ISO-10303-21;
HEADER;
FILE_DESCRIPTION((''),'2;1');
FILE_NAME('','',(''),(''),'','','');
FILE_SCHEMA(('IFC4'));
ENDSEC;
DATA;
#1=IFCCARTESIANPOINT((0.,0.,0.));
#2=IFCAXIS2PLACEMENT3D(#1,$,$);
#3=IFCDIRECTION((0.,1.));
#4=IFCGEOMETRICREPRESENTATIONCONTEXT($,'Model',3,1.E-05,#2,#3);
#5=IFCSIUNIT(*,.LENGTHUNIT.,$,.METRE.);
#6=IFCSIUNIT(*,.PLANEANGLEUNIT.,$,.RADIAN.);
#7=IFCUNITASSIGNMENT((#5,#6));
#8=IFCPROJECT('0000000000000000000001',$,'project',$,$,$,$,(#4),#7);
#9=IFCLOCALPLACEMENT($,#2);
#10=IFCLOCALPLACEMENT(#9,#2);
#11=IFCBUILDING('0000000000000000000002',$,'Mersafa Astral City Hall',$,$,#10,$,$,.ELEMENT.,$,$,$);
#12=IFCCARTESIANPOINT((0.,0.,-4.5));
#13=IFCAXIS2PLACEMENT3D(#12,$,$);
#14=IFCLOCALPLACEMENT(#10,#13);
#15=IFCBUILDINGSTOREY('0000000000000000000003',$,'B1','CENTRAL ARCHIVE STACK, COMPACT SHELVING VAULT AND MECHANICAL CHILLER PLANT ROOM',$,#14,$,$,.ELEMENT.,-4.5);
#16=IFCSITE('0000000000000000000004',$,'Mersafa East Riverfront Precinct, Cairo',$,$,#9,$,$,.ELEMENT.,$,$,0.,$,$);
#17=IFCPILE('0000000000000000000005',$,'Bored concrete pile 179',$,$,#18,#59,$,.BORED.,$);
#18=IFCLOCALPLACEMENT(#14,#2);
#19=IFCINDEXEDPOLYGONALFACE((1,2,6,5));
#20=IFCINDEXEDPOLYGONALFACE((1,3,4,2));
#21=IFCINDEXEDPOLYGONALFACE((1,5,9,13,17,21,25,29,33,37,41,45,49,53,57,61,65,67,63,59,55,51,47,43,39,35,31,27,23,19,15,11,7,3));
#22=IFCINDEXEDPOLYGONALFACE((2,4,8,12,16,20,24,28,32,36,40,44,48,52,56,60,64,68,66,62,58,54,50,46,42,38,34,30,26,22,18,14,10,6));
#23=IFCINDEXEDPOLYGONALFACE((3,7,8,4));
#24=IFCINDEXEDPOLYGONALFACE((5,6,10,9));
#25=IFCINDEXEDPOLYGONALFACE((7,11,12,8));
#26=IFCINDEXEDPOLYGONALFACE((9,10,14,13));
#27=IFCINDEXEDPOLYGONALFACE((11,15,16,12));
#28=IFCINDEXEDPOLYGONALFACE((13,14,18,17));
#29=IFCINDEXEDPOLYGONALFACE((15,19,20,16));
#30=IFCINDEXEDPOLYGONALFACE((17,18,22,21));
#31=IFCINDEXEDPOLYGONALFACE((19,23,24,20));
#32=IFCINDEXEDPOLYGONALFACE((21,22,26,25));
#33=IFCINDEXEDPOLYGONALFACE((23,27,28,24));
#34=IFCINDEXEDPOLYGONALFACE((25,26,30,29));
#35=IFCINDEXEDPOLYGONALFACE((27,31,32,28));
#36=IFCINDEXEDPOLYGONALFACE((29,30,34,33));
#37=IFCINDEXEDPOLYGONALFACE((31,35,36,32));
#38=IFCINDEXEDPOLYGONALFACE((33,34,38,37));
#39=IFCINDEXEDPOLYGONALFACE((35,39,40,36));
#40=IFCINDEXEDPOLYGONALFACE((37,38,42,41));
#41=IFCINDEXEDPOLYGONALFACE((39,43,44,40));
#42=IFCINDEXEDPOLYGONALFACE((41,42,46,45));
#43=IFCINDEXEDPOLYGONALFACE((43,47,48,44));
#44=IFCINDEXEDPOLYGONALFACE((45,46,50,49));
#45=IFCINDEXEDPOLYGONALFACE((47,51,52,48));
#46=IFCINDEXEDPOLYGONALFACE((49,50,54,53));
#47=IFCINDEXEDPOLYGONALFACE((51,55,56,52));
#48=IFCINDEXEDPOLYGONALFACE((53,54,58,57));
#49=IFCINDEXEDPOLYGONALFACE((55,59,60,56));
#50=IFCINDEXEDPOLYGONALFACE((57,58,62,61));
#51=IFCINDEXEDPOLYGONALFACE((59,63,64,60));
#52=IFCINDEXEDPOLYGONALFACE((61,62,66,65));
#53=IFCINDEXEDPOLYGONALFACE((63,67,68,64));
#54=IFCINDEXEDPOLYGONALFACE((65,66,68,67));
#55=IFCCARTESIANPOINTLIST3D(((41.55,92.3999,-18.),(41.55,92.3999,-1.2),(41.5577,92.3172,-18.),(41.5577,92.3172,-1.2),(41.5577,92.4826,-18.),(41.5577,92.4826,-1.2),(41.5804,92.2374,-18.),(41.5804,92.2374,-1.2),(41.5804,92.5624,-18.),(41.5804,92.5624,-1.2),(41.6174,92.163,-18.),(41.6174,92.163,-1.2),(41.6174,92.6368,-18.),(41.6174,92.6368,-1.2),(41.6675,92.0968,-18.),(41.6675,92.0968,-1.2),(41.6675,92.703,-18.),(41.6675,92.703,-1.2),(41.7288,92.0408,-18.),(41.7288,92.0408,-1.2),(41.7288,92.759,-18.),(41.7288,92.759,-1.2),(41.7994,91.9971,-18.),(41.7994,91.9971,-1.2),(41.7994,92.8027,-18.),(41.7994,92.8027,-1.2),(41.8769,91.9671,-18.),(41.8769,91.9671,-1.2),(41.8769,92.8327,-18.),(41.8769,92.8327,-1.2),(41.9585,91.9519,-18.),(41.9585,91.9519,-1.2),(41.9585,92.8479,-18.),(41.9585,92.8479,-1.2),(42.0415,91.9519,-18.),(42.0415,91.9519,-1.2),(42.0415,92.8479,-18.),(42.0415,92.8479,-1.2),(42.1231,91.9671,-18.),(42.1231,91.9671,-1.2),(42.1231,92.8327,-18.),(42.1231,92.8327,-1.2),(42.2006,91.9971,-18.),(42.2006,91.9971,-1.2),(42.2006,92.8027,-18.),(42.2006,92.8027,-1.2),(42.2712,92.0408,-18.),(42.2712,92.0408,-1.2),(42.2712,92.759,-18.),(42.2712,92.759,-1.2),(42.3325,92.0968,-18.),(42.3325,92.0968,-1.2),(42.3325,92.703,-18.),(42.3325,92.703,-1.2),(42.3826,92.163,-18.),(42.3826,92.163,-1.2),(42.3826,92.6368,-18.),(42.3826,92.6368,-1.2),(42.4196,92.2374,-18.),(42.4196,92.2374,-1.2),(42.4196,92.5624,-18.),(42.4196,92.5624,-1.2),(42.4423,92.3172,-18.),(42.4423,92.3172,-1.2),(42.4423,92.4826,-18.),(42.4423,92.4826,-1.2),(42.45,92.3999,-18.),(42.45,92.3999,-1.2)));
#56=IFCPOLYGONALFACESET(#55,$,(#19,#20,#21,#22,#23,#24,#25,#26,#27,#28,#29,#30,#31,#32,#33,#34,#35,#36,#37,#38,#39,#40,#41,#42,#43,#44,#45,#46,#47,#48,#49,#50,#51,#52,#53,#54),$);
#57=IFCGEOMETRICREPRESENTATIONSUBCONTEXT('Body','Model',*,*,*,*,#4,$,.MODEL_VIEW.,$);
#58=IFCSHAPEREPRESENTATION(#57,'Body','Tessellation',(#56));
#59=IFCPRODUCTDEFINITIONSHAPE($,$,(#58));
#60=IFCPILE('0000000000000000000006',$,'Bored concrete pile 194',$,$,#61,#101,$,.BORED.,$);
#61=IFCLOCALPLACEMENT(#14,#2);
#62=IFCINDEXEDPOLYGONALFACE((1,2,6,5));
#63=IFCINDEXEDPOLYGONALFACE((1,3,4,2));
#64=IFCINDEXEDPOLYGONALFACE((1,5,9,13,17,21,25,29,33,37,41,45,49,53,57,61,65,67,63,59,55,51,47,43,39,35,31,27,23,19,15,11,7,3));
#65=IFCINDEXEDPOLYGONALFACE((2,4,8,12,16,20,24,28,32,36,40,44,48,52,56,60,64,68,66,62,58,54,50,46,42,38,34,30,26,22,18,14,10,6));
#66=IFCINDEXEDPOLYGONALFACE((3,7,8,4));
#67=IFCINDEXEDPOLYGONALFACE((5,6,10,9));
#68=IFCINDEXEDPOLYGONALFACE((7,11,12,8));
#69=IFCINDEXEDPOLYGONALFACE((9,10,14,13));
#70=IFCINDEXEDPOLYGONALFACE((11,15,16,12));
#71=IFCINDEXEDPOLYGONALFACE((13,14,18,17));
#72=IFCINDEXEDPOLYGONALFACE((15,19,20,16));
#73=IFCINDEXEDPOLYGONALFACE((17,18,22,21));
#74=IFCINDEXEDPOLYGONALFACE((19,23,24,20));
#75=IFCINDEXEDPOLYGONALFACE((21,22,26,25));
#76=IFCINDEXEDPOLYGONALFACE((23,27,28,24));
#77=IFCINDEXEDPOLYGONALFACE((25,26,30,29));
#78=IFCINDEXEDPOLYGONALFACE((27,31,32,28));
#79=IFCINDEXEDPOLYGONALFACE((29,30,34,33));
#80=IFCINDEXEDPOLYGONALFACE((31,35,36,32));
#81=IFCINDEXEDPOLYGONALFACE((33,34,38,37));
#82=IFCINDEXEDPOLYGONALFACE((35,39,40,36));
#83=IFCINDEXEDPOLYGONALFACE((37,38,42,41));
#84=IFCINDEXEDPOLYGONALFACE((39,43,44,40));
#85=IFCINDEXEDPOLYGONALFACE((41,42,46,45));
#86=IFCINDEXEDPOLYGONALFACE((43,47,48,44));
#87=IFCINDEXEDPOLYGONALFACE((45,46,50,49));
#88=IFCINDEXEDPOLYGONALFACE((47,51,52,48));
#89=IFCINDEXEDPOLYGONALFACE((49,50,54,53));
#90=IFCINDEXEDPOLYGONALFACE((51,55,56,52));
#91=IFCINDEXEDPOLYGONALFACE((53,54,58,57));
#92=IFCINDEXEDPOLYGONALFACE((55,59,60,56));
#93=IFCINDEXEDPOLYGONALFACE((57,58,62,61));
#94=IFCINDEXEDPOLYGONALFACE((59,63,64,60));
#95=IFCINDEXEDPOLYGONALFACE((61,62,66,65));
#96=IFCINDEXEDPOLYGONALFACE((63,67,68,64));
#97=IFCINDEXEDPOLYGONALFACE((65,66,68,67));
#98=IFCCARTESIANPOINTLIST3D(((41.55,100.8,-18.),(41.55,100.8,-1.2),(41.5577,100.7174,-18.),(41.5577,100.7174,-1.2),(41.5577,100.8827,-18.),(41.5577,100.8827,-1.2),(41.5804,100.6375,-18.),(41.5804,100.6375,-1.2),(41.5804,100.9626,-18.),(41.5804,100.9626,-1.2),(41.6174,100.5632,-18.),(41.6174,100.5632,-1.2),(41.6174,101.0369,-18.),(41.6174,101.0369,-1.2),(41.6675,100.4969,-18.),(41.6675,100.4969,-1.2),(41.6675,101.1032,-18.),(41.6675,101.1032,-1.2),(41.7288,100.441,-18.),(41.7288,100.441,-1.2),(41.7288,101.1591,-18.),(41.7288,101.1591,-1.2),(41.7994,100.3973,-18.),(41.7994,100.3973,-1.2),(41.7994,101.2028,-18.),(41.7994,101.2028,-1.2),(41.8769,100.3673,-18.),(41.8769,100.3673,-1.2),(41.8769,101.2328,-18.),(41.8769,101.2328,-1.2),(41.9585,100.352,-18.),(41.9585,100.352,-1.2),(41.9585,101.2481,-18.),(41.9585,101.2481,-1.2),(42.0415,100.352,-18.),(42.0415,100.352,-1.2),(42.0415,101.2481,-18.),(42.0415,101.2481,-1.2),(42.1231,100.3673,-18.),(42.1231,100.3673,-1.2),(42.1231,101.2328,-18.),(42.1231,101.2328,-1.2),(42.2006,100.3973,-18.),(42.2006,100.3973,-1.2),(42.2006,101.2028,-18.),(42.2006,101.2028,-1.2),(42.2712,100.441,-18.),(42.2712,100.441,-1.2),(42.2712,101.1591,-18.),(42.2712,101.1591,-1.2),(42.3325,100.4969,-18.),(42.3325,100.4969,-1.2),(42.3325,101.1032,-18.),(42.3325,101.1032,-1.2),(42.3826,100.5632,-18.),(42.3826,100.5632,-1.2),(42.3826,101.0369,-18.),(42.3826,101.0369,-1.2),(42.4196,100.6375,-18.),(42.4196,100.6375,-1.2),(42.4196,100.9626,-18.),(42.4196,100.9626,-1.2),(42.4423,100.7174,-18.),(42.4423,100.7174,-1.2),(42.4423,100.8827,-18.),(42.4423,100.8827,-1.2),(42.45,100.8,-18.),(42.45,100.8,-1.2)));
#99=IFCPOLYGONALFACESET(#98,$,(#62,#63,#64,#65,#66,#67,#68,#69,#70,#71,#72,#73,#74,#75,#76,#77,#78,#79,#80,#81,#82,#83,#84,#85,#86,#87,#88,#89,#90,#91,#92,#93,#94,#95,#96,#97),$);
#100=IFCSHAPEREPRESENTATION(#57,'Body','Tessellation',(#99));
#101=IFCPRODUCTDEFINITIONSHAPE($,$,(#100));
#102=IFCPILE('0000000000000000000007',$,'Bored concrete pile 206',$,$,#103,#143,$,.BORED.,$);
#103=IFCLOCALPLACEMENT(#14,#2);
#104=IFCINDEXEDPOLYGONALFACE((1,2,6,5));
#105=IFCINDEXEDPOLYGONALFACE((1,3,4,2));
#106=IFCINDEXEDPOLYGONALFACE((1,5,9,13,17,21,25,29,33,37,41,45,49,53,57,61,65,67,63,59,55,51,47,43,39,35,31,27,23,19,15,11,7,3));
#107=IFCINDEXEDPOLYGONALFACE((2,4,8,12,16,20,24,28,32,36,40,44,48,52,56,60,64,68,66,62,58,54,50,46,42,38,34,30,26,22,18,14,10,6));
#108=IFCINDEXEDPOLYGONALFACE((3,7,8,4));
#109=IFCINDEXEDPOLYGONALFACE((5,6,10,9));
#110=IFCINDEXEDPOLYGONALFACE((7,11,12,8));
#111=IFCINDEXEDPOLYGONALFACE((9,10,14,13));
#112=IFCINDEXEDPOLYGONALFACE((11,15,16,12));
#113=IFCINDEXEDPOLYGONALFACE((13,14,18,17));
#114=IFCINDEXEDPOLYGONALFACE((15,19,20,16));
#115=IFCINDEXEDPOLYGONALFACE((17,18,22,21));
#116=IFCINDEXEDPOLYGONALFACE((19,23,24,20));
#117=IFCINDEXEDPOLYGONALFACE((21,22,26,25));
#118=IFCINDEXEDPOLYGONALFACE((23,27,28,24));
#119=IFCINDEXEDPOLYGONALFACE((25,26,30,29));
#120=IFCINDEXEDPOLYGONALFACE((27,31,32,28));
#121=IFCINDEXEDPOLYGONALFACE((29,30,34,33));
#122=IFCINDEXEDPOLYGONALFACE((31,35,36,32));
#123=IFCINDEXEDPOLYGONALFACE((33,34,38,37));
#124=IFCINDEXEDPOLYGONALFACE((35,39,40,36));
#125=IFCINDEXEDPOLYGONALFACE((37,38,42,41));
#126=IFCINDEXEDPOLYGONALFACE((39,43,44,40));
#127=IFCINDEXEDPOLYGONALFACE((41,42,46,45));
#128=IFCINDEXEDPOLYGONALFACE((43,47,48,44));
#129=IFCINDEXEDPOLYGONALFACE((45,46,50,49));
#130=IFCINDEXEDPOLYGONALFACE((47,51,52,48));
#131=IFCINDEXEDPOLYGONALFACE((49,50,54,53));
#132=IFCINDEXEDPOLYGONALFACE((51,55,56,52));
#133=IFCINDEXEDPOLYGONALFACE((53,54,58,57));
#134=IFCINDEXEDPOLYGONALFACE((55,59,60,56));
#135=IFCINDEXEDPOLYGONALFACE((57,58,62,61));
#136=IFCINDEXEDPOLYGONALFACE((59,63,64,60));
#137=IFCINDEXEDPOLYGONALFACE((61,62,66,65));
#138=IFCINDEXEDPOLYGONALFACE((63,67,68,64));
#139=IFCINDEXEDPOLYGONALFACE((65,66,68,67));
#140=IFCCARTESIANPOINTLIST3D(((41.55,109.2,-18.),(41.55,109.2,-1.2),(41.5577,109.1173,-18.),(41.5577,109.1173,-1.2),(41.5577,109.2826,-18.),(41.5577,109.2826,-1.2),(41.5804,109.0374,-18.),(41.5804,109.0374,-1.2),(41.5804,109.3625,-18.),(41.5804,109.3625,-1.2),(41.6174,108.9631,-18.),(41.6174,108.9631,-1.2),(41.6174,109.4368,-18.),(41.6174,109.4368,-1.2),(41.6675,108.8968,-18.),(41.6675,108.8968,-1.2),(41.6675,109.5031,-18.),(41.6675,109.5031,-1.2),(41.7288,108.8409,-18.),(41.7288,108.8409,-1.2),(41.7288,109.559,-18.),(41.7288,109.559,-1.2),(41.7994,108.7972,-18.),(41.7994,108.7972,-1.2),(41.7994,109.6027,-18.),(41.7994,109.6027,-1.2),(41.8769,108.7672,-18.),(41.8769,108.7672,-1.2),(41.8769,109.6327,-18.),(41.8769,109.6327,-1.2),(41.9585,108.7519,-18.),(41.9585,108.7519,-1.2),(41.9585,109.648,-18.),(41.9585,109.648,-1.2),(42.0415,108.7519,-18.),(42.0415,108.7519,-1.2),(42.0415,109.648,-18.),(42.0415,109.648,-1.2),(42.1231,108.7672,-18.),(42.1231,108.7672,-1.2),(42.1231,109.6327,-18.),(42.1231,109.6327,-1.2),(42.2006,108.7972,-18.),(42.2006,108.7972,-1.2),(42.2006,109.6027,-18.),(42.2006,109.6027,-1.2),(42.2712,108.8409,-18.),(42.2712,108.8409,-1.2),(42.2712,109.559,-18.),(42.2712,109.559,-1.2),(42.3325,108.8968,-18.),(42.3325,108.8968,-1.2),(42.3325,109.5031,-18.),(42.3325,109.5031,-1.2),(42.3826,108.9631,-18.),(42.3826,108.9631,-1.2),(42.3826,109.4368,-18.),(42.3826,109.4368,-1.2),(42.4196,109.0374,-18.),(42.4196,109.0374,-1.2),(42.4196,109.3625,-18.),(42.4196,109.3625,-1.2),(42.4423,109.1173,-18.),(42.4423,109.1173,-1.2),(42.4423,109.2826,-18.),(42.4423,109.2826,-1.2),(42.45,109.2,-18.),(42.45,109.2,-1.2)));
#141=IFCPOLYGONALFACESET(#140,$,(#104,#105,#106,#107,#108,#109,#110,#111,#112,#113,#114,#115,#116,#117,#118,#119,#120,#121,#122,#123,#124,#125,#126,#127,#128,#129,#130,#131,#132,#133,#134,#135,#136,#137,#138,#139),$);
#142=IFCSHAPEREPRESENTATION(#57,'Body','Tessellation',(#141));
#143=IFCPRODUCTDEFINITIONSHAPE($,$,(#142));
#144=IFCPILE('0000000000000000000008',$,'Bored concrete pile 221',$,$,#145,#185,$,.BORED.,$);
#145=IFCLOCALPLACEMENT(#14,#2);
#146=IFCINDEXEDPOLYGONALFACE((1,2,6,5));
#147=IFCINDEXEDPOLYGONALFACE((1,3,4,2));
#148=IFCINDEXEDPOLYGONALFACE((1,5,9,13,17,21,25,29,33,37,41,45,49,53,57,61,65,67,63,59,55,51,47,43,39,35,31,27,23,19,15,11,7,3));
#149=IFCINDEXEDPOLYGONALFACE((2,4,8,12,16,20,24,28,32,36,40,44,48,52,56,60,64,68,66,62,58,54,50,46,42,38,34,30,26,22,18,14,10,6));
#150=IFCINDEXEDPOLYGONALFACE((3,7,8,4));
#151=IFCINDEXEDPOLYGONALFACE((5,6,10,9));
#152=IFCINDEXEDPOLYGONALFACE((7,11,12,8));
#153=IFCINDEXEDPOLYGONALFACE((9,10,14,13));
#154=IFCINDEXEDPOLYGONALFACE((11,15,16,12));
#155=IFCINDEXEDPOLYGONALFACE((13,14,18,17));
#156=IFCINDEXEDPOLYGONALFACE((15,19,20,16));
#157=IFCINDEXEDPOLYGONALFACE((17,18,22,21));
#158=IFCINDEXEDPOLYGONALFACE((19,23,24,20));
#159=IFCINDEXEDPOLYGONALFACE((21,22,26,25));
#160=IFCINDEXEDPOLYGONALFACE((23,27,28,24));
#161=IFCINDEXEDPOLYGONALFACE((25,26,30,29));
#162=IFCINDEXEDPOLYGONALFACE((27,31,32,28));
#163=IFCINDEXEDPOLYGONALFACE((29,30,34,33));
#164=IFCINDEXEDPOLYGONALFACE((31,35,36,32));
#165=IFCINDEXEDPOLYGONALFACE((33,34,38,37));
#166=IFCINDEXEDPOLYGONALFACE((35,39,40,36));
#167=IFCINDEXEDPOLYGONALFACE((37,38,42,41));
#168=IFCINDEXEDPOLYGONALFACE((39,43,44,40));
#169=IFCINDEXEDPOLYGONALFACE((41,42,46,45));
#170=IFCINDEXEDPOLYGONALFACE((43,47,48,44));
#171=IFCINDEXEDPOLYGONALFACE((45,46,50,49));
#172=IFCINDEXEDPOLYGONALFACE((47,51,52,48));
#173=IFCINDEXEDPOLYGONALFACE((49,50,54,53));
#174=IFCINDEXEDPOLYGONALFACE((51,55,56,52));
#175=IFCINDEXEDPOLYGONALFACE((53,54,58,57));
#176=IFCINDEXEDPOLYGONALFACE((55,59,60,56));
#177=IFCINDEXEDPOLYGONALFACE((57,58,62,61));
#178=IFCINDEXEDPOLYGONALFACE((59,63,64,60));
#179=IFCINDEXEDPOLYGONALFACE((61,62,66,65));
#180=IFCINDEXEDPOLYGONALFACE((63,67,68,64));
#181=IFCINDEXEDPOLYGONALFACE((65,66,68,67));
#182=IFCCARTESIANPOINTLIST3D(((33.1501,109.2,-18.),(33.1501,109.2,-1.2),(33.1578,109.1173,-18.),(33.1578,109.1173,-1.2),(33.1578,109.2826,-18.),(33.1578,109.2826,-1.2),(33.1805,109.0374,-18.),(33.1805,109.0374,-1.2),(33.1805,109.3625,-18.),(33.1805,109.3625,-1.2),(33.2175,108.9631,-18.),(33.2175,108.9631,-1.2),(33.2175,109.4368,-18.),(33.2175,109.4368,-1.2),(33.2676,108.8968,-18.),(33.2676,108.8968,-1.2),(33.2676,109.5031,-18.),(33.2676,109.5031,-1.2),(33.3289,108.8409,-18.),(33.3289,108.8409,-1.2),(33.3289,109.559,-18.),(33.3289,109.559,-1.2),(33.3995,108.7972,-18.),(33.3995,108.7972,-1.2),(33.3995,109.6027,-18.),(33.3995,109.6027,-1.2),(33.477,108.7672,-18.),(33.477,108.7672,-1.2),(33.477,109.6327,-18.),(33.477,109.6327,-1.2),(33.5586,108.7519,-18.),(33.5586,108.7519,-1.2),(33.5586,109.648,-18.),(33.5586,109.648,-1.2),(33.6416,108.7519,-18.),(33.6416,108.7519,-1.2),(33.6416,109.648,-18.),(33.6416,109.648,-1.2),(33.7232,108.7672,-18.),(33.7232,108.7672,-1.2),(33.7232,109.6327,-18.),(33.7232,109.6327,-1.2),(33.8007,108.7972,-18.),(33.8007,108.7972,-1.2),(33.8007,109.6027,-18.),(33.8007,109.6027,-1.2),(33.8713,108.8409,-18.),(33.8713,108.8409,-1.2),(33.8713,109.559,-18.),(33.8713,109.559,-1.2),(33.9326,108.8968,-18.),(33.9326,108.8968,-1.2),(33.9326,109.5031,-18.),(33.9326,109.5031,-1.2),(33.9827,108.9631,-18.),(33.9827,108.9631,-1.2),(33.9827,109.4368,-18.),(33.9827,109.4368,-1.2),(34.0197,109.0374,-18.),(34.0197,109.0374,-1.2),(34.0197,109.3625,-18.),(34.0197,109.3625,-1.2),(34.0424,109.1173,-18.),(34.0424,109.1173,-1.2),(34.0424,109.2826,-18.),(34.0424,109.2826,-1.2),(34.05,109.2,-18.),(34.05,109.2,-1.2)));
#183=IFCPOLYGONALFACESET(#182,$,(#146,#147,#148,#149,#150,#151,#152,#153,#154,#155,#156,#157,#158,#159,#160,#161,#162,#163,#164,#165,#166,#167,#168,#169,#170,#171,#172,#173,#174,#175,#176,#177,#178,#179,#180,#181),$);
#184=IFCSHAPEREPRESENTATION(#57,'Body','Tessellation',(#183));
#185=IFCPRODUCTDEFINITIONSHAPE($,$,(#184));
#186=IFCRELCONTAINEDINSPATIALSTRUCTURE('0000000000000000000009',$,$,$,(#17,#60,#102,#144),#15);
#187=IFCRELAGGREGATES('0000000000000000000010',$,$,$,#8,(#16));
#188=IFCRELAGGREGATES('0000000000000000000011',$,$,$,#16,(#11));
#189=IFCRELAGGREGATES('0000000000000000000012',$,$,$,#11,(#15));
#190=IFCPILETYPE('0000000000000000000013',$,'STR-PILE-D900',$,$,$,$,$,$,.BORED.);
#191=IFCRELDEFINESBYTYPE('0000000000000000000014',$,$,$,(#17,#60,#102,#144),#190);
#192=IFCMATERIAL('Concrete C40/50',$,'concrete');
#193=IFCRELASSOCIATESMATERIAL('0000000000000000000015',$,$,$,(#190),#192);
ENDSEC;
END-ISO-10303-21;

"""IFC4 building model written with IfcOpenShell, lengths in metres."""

from ifc_helpers import new_model, si_unit, direction, frame, origin, origin_2d, place, context, subcontext, project, spatial, circle, extrude, material, material_profile, profile_set, type_object, element, save


model = new_model("IFC4")

# Units and contexts
model_context = context("Model", 3, precision=1e-05, world=origin(), true_north=direction((0.0, 1.0)))
body_context = subcontext(model_context, "Body", "Model", "MODEL_VIEW")
ifc_project = project(units=[si_unit("LENGTHUNIT", "METRE"), si_unit("PLANEANGLEUNIT", "RADIAN")], contexts=[model_context])

# Site, building, storey
site_placement = place(None, origin())
site = spatial("IfcSite", under=ifc_project, at=site_placement, Name="Mersafa East Riverfront Precinct, Cairo", CompositionType="ELEMENT", RefElevation=0.0)
building_placement = place(site_placement, origin())
building = spatial("IfcBuilding", under=site, at=building_placement, Name="Mersafa Astral City Hall", CompositionType="ELEMENT")
storey_placement = place(building_placement, frame((0.0, 0.0, -4.5)))
storey = spatial("IfcBuildingStorey", under=building, at=storey_placement, Name="B1", Description="CENTRAL ARCHIVE STACK, COMPACT SHELVING VAULT AND MECHANICAL CHILLER PLANT ROOM", CompositionType="ELEMENT", Elevation=-4.5)

# Shared definitions
ifc_material_1 = material(Name="Concrete C40/50", Category="concrete")

# Piles
ifc_material_profile_1 = material_profile(ifc_material_1, circle(Radius=0.45, at=origin_2d()), Name="PILE D900")
ifc_profile_set_1 = profile_set([ifc_material_profile_1], Name="Concrete C40/50")
pile_type = type_object("IfcPileType", Name="STR-PILE-D900", PredefinedType="BORED", material=ifc_profile_set_1)
for number, where, z_axis, x_axis, name in (
    (1, (42.0, 92.3999, -1.2), (0.0, 0.0, -1.0), (1.0, 0.0, 0.0), "Bored concrete pile 179"),
    (2, (42.0, 100.8, -1.2), (0.0, 0.0, -1.0), (1.0, 0.0, 0.0), "Bored concrete pile 194"),
    (3, (42.0, 109.2, -1.2), (0.0, 0.0, -1.0), (1.0, 0.0, 0.0), "Bored concrete pile 206"),
    (4, (33.6001, 109.2, -1.2), (0.0, 0.0, -1.0), (1.0, 0.0, 0.0), "Bored concrete pile 221"),
):
    element("IfcPile", number, at=place(storey_placement, frame(where, z_axis=z_axis, x_axis=x_axis)), inside=storey, type_object=pile_type, Name=name, PredefinedType="BORED", context=body_context, shape_type="SweptSolid", body=[
        extrude(circle(Radius=0.45, at=origin_2d()), origin(), (0.0, 0.0, 1.0), 16.8),
    ])

save(model, "model.ifc")
